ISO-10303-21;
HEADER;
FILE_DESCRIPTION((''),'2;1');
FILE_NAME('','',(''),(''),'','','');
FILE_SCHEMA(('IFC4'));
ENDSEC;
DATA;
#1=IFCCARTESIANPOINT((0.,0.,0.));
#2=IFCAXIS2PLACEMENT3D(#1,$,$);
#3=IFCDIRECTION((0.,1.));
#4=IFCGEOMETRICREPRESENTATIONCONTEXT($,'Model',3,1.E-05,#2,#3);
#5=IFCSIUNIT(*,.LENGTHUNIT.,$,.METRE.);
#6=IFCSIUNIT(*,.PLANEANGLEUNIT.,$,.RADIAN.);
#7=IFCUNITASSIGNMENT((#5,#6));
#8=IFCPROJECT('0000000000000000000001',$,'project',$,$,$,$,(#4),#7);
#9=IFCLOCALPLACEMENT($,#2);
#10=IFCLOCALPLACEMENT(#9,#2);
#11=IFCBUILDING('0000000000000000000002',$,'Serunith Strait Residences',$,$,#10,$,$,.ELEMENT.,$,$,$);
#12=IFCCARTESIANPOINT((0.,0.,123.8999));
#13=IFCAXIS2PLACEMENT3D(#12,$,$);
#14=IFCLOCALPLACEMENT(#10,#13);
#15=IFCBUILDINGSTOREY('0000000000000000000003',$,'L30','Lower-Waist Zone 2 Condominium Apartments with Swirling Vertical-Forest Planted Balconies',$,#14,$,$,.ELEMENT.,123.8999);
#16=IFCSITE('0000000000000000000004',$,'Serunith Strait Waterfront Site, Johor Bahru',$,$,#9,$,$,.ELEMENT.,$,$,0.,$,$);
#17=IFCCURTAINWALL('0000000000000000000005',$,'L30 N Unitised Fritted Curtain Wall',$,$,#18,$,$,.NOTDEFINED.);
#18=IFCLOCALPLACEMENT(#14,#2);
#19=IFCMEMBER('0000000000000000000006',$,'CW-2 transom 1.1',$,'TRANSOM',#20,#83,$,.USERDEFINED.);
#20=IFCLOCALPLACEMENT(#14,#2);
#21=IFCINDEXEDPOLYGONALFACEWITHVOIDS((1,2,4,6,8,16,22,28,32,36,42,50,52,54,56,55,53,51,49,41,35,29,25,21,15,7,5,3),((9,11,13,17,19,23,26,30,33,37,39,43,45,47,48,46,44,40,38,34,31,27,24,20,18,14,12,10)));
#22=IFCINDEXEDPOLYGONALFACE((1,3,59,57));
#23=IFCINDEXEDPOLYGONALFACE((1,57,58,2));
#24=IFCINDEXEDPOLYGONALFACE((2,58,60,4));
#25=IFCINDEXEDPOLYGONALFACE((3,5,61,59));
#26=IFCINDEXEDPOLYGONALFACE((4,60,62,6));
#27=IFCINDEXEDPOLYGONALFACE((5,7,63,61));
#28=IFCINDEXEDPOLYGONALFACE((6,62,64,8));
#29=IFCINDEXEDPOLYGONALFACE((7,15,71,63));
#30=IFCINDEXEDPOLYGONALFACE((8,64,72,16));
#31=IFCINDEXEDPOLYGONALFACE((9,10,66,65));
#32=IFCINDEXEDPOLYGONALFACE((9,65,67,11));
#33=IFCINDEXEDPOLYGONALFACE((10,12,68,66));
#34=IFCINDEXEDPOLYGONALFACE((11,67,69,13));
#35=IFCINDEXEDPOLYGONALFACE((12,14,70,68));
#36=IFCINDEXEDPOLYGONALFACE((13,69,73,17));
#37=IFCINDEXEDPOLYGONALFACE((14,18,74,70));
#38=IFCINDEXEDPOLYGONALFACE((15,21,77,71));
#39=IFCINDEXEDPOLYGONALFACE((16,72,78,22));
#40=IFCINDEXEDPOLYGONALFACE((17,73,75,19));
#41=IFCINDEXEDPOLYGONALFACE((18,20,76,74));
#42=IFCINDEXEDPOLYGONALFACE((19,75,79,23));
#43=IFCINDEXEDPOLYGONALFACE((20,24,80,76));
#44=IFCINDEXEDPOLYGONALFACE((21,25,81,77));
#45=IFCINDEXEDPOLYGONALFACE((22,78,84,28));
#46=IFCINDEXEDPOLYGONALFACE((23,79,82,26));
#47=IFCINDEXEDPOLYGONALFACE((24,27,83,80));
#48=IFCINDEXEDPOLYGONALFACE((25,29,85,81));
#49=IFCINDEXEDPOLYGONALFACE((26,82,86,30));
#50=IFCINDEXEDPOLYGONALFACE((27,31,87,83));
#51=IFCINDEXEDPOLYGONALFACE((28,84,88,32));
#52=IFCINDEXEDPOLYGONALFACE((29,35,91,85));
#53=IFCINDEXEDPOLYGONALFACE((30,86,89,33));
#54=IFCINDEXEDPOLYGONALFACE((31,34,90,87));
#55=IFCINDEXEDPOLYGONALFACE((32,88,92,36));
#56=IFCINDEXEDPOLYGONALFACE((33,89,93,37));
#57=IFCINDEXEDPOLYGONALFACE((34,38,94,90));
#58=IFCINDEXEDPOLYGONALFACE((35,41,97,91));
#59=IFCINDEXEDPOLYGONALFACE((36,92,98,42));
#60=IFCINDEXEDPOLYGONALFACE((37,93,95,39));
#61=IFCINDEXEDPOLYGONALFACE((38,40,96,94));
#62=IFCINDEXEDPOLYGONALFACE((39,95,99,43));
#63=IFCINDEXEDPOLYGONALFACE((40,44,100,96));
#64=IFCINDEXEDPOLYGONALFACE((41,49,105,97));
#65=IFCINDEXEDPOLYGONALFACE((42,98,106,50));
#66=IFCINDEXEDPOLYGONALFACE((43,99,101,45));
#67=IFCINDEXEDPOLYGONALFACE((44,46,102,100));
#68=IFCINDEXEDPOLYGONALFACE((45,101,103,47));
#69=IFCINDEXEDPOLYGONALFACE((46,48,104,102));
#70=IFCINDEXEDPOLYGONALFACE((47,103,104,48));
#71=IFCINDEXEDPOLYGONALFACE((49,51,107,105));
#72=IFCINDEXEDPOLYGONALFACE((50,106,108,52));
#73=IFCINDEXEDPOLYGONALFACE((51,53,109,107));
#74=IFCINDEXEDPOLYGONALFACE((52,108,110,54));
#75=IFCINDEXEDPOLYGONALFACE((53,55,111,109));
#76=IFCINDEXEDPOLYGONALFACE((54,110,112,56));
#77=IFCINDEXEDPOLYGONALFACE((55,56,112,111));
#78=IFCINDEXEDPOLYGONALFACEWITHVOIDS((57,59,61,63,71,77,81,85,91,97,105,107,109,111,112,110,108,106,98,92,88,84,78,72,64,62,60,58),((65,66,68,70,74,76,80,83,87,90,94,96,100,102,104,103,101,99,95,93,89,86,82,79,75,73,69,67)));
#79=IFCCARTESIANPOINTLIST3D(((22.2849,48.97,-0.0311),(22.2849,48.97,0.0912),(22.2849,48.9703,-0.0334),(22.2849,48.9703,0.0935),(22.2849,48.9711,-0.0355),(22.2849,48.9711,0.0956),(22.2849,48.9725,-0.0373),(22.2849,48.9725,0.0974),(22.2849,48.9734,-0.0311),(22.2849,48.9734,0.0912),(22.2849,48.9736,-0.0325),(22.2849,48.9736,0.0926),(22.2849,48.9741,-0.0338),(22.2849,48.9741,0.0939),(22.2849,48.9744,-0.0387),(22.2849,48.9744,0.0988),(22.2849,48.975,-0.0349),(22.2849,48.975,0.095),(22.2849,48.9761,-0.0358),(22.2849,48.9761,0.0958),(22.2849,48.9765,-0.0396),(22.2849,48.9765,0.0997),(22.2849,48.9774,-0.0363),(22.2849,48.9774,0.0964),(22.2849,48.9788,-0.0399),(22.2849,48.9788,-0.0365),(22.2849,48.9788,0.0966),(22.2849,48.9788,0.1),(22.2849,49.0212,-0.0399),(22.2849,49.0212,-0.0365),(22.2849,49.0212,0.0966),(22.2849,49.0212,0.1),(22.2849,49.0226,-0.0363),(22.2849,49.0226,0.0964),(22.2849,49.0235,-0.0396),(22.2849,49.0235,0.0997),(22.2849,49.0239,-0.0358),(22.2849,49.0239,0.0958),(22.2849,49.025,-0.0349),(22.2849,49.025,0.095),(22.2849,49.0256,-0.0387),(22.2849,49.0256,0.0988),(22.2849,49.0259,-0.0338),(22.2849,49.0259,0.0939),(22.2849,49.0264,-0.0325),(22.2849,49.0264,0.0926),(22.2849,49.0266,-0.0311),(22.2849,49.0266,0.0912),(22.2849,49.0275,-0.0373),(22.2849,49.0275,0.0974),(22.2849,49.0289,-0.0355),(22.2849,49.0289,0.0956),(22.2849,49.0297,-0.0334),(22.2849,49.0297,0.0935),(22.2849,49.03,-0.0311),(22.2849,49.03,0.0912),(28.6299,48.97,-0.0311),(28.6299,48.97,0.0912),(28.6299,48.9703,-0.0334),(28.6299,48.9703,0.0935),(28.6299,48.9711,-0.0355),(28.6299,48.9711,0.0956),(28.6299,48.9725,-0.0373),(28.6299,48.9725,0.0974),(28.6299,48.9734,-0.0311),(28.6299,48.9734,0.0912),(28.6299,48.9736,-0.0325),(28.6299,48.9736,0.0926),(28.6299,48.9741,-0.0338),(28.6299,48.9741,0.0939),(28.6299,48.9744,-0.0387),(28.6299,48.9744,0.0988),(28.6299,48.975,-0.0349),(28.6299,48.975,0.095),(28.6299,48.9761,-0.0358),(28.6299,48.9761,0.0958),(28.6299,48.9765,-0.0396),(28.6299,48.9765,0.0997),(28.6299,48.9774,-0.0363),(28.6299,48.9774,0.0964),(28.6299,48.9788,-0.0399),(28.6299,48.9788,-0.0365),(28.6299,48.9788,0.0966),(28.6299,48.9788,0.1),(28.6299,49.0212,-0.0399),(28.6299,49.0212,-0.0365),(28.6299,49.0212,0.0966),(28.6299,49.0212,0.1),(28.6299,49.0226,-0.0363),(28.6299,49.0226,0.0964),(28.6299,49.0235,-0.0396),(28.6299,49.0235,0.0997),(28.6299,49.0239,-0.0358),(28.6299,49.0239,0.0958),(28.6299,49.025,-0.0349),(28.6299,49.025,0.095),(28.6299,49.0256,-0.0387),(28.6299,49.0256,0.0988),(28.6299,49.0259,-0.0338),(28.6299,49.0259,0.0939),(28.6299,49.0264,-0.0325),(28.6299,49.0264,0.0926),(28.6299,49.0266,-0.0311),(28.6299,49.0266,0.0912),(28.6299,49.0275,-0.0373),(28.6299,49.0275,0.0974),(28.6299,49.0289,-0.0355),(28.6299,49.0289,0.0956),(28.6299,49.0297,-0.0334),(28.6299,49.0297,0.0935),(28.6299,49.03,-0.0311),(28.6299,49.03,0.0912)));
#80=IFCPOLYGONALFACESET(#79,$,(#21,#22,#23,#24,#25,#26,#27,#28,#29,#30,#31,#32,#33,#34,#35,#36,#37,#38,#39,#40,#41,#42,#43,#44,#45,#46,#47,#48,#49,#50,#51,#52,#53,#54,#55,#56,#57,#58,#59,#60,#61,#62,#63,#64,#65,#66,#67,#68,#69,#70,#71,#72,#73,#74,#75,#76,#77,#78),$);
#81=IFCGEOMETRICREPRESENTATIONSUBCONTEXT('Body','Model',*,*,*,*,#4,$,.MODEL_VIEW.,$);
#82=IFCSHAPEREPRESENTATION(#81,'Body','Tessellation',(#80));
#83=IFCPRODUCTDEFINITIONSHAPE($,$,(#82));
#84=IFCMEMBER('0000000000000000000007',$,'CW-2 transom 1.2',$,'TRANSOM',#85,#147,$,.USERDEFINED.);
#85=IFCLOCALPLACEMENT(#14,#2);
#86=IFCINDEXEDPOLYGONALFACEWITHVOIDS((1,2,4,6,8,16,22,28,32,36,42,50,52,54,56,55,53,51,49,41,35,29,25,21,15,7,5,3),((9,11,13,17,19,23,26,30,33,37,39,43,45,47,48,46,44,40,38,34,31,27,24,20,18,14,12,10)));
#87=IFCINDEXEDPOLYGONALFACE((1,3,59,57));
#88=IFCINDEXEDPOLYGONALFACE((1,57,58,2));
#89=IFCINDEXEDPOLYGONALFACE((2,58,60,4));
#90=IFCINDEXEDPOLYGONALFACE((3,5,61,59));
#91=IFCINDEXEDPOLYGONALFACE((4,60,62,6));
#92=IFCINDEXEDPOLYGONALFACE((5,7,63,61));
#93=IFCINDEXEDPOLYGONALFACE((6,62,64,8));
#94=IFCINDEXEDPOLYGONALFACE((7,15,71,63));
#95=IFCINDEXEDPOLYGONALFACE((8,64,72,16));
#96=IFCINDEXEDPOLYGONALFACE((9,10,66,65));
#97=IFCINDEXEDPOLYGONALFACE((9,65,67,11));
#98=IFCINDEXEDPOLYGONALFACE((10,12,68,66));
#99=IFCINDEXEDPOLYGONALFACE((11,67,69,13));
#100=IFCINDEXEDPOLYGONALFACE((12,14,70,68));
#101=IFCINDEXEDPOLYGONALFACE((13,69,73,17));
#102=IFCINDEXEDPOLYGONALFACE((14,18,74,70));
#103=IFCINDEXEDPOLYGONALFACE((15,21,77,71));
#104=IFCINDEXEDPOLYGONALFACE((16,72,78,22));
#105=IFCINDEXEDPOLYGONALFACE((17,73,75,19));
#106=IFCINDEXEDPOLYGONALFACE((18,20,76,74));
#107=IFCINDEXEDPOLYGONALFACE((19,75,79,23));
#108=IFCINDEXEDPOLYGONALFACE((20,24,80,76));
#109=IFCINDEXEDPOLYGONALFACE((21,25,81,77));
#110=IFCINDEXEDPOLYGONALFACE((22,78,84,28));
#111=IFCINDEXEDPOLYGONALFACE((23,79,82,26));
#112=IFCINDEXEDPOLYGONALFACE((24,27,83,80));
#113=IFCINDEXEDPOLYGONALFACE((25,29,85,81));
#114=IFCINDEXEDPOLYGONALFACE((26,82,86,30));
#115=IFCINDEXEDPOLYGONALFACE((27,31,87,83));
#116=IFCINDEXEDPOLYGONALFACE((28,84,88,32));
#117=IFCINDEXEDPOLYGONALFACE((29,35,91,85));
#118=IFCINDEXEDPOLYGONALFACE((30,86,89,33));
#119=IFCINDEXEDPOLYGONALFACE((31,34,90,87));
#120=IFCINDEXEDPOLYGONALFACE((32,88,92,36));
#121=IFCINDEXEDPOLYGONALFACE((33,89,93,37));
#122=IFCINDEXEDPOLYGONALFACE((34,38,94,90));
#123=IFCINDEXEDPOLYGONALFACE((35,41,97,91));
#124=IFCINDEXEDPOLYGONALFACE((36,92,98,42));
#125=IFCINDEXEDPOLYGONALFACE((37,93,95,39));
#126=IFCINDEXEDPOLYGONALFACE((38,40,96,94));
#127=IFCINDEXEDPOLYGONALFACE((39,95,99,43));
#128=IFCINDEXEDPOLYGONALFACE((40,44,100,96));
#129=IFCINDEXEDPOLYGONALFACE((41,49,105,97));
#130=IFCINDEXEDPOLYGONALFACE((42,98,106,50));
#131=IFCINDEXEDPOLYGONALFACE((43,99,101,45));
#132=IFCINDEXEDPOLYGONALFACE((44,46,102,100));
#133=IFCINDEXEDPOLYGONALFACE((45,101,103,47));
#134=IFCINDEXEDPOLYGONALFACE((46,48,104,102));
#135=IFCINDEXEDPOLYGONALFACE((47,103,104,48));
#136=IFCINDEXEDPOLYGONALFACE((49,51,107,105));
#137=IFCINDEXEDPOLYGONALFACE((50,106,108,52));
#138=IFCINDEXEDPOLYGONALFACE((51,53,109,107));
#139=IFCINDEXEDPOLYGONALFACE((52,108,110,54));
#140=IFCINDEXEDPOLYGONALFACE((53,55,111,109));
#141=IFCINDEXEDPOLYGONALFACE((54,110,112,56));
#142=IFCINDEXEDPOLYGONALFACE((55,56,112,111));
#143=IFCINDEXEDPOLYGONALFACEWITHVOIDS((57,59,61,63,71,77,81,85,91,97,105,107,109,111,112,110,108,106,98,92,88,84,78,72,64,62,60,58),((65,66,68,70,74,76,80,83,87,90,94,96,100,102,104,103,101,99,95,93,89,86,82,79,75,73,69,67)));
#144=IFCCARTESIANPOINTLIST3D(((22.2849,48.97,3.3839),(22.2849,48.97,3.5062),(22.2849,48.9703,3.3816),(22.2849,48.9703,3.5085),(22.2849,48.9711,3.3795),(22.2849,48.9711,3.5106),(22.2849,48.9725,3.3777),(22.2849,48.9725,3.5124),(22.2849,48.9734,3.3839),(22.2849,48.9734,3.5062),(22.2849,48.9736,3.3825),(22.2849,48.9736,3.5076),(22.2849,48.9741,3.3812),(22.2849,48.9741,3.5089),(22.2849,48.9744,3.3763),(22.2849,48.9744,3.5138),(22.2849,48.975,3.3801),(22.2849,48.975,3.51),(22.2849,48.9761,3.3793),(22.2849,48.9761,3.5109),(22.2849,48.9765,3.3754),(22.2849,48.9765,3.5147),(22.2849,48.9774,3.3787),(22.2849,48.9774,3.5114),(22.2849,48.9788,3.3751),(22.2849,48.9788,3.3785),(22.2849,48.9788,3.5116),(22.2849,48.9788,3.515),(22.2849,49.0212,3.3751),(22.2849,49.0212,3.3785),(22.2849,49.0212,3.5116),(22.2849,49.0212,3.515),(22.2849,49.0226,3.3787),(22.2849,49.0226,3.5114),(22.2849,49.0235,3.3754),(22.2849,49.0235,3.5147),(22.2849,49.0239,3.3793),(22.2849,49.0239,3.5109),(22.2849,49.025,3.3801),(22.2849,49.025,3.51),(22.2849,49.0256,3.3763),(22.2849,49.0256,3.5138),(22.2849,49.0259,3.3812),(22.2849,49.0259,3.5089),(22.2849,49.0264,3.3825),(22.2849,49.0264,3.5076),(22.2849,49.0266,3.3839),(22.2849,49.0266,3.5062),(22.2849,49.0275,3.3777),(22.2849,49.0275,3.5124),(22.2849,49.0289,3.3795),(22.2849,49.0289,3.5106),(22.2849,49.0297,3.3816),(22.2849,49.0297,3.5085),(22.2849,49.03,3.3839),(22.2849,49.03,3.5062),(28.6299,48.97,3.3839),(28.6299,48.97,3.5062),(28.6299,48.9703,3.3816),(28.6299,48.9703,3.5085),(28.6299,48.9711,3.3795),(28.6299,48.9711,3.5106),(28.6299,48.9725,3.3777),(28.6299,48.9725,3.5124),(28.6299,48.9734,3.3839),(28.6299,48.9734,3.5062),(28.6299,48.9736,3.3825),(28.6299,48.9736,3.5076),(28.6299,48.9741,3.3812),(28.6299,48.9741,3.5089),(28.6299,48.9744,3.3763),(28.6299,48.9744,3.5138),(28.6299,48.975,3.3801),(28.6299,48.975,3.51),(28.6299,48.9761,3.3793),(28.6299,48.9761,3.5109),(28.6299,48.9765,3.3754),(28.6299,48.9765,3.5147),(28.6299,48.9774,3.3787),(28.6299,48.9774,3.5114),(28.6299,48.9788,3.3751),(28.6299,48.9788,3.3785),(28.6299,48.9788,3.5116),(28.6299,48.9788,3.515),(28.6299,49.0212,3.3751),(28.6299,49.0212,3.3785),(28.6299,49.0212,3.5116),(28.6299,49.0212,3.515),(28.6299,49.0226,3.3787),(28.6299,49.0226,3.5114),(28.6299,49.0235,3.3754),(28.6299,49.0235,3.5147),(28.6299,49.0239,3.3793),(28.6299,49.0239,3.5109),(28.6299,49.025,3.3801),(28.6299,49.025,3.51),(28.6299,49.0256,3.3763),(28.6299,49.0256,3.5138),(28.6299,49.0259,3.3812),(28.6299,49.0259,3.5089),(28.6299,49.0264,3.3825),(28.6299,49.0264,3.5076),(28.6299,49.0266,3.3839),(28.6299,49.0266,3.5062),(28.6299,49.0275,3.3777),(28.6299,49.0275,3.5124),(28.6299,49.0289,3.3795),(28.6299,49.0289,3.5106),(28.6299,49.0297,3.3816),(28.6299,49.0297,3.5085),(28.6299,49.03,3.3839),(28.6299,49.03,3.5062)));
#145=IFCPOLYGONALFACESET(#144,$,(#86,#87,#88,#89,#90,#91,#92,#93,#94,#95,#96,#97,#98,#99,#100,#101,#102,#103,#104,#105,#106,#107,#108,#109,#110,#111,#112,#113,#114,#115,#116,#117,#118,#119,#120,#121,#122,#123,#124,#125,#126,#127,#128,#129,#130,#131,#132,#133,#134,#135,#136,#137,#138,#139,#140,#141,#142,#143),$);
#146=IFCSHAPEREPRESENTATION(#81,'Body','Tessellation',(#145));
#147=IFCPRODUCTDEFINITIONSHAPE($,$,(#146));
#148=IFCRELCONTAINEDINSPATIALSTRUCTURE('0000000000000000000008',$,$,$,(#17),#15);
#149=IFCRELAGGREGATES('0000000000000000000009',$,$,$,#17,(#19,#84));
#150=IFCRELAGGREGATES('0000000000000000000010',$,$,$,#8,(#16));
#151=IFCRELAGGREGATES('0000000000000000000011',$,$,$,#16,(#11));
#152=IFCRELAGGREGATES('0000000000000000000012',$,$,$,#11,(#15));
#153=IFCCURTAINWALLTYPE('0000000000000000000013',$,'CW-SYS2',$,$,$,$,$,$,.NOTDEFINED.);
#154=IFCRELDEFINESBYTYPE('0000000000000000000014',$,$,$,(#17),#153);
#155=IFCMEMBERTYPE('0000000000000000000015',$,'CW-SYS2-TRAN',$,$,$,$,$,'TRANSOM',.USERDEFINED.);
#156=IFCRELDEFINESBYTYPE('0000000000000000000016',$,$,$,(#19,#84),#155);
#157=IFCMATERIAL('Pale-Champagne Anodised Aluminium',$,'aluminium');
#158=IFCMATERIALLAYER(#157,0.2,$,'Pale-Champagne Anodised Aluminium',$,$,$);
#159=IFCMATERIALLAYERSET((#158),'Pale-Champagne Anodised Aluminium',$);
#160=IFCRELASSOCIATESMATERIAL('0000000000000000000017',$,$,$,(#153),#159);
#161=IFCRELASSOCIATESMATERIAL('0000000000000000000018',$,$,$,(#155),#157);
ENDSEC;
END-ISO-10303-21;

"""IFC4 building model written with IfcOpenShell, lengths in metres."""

from ifc_helpers import new_model, si_unit, direction, frame, origin, origin_2d, place, context, subcontext, project, spatial, hollow_rectangle, extrude, source, transform, mapped, material, layer, layer_set, material_profile, profile_set, type_object, element, aggregate, save


model = new_model("IFC4")

# Units and contexts
model_context = context("Model", 3, precision=1e-05, world=origin(), true_north=direction((0.0, 1.0)))
body_context = subcontext(model_context, "Body", "Model", "MODEL_VIEW")
ifc_project = project(units=[si_unit("LENGTHUNIT", "METRE"), si_unit("PLANEANGLEUNIT", "RADIAN")], contexts=[model_context])

# Site, building, storey
site_placement = place(None, origin())
site = spatial("IfcSite", under=ifc_project, at=site_placement, Name="Serunith Strait Waterfront Site, Johor Bahru", CompositionType="ELEMENT", RefElevation=0.0)
building_placement = place(site_placement, origin())
building = spatial("IfcBuilding", under=site, at=building_placement, Name="Serunith Strait Residences", CompositionType="ELEMENT")
storey_placement = place(building_placement, frame((0.0, 0.0, 123.8999)))
storey = spatial("IfcBuildingStorey", under=building, at=storey_placement, Name="L30", Description="Lower-Waist Zone 2 Condominium Apartments with Swirling Vertical-Forest Planted Balconies", CompositionType="ELEMENT", Elevation=123.8999)

# Curtain wall, members
ifc_material_1 = material(Name="Pale-Champagne Anodised Aluminium", Category="aluminium")
ifc_layer_1 = layer(ifc_material_1, 0.2, Name="Pale-Champagne Anodised Aluminium")
ifc_layer_set_1 = layer_set([ifc_layer_1], Name="Pale-Champagne Anodised Aluminium")
curtain_wall_type = type_object("IfcCurtainWallType", Name="CW-SYS2", PredefinedType="NOTDEFINED", material=ifc_layer_set_1)
curtain_wall_placement = place(storey_placement, origin())
curtain_wall = element("IfcCurtainWall", 1, at=curtain_wall_placement, inside=storey, type_object=curtain_wall_type, Name="L30 N Unitised Fritted Curtain Wall", PredefinedType="NOTDEFINED")
ifc_material_profile_1 = material_profile(ifc_material_1, hollow_rectangle(XDim=0.0601, YDim=0.1399, WallThickness=0.0034, InnerFilletRadius=0.0054, OuterFilletRadius=0.0088, at=origin_2d()), Name="ALU 140x60x3.5")
ifc_profile_set_1 = profile_set([ifc_material_profile_1], Name="Pale-Champagne Anodised Aluminium")
member_type_1 = type_object("IfcMemberType", Name="CW-SYS2-TRAN", ElementType="TRANSOM", PredefinedType="USERDEFINED", material=ifc_profile_set_1)
shared_shape_1 = source(origin(), body_context, "Body", "SweptSolid", [
    extrude(hollow_rectangle(XDim=0.0601, YDim=0.1399, WallThickness=0.0034, InnerFilletRadius=0.0054, OuterFilletRadius=0.0088, at=origin_2d()), origin(), (0.0, 0.0, 1.0), 6.345),
])
member_1_placement = place(storey_placement, frame((28.6299, 49.0, 0.03), z_axis=(-1.0, 0.0, 0.0), x_axis=(0.0, -1.0, 0.0)))
member_1 = element("IfcMember", 2, at=member_1_placement, type_object=member_type_1, Name="CW-2 transom 1.1", ObjectType="TRANSOM", PredefinedType="USERDEFINED", context=body_context, shape_type="MappedRepresentation", body=[
    mapped(shared_shape_1, transform((0.0, 0.0, 0.0), scale=1.0)),
])
member_2_placement = place(storey_placement, frame((28.6299, 49.0, 3.4451), z_axis=(-1.0, 0.0, 0.0), x_axis=(0.0, -1.0, 0.0)))
member_2 = element("IfcMember", 3, at=member_2_placement, type_object=member_type_1, Name="CW-2 transom 1.2", ObjectType="TRANSOM", PredefinedType="USERDEFINED", context=body_context, shape_type="MappedRepresentation", body=[
    mapped(shared_shape_1, transform((0.0, 0.0, 0.0), scale=1.0)),
])
aggregate(curtain_wall, [member_1, member_2])

save(model, "model.ifc")
